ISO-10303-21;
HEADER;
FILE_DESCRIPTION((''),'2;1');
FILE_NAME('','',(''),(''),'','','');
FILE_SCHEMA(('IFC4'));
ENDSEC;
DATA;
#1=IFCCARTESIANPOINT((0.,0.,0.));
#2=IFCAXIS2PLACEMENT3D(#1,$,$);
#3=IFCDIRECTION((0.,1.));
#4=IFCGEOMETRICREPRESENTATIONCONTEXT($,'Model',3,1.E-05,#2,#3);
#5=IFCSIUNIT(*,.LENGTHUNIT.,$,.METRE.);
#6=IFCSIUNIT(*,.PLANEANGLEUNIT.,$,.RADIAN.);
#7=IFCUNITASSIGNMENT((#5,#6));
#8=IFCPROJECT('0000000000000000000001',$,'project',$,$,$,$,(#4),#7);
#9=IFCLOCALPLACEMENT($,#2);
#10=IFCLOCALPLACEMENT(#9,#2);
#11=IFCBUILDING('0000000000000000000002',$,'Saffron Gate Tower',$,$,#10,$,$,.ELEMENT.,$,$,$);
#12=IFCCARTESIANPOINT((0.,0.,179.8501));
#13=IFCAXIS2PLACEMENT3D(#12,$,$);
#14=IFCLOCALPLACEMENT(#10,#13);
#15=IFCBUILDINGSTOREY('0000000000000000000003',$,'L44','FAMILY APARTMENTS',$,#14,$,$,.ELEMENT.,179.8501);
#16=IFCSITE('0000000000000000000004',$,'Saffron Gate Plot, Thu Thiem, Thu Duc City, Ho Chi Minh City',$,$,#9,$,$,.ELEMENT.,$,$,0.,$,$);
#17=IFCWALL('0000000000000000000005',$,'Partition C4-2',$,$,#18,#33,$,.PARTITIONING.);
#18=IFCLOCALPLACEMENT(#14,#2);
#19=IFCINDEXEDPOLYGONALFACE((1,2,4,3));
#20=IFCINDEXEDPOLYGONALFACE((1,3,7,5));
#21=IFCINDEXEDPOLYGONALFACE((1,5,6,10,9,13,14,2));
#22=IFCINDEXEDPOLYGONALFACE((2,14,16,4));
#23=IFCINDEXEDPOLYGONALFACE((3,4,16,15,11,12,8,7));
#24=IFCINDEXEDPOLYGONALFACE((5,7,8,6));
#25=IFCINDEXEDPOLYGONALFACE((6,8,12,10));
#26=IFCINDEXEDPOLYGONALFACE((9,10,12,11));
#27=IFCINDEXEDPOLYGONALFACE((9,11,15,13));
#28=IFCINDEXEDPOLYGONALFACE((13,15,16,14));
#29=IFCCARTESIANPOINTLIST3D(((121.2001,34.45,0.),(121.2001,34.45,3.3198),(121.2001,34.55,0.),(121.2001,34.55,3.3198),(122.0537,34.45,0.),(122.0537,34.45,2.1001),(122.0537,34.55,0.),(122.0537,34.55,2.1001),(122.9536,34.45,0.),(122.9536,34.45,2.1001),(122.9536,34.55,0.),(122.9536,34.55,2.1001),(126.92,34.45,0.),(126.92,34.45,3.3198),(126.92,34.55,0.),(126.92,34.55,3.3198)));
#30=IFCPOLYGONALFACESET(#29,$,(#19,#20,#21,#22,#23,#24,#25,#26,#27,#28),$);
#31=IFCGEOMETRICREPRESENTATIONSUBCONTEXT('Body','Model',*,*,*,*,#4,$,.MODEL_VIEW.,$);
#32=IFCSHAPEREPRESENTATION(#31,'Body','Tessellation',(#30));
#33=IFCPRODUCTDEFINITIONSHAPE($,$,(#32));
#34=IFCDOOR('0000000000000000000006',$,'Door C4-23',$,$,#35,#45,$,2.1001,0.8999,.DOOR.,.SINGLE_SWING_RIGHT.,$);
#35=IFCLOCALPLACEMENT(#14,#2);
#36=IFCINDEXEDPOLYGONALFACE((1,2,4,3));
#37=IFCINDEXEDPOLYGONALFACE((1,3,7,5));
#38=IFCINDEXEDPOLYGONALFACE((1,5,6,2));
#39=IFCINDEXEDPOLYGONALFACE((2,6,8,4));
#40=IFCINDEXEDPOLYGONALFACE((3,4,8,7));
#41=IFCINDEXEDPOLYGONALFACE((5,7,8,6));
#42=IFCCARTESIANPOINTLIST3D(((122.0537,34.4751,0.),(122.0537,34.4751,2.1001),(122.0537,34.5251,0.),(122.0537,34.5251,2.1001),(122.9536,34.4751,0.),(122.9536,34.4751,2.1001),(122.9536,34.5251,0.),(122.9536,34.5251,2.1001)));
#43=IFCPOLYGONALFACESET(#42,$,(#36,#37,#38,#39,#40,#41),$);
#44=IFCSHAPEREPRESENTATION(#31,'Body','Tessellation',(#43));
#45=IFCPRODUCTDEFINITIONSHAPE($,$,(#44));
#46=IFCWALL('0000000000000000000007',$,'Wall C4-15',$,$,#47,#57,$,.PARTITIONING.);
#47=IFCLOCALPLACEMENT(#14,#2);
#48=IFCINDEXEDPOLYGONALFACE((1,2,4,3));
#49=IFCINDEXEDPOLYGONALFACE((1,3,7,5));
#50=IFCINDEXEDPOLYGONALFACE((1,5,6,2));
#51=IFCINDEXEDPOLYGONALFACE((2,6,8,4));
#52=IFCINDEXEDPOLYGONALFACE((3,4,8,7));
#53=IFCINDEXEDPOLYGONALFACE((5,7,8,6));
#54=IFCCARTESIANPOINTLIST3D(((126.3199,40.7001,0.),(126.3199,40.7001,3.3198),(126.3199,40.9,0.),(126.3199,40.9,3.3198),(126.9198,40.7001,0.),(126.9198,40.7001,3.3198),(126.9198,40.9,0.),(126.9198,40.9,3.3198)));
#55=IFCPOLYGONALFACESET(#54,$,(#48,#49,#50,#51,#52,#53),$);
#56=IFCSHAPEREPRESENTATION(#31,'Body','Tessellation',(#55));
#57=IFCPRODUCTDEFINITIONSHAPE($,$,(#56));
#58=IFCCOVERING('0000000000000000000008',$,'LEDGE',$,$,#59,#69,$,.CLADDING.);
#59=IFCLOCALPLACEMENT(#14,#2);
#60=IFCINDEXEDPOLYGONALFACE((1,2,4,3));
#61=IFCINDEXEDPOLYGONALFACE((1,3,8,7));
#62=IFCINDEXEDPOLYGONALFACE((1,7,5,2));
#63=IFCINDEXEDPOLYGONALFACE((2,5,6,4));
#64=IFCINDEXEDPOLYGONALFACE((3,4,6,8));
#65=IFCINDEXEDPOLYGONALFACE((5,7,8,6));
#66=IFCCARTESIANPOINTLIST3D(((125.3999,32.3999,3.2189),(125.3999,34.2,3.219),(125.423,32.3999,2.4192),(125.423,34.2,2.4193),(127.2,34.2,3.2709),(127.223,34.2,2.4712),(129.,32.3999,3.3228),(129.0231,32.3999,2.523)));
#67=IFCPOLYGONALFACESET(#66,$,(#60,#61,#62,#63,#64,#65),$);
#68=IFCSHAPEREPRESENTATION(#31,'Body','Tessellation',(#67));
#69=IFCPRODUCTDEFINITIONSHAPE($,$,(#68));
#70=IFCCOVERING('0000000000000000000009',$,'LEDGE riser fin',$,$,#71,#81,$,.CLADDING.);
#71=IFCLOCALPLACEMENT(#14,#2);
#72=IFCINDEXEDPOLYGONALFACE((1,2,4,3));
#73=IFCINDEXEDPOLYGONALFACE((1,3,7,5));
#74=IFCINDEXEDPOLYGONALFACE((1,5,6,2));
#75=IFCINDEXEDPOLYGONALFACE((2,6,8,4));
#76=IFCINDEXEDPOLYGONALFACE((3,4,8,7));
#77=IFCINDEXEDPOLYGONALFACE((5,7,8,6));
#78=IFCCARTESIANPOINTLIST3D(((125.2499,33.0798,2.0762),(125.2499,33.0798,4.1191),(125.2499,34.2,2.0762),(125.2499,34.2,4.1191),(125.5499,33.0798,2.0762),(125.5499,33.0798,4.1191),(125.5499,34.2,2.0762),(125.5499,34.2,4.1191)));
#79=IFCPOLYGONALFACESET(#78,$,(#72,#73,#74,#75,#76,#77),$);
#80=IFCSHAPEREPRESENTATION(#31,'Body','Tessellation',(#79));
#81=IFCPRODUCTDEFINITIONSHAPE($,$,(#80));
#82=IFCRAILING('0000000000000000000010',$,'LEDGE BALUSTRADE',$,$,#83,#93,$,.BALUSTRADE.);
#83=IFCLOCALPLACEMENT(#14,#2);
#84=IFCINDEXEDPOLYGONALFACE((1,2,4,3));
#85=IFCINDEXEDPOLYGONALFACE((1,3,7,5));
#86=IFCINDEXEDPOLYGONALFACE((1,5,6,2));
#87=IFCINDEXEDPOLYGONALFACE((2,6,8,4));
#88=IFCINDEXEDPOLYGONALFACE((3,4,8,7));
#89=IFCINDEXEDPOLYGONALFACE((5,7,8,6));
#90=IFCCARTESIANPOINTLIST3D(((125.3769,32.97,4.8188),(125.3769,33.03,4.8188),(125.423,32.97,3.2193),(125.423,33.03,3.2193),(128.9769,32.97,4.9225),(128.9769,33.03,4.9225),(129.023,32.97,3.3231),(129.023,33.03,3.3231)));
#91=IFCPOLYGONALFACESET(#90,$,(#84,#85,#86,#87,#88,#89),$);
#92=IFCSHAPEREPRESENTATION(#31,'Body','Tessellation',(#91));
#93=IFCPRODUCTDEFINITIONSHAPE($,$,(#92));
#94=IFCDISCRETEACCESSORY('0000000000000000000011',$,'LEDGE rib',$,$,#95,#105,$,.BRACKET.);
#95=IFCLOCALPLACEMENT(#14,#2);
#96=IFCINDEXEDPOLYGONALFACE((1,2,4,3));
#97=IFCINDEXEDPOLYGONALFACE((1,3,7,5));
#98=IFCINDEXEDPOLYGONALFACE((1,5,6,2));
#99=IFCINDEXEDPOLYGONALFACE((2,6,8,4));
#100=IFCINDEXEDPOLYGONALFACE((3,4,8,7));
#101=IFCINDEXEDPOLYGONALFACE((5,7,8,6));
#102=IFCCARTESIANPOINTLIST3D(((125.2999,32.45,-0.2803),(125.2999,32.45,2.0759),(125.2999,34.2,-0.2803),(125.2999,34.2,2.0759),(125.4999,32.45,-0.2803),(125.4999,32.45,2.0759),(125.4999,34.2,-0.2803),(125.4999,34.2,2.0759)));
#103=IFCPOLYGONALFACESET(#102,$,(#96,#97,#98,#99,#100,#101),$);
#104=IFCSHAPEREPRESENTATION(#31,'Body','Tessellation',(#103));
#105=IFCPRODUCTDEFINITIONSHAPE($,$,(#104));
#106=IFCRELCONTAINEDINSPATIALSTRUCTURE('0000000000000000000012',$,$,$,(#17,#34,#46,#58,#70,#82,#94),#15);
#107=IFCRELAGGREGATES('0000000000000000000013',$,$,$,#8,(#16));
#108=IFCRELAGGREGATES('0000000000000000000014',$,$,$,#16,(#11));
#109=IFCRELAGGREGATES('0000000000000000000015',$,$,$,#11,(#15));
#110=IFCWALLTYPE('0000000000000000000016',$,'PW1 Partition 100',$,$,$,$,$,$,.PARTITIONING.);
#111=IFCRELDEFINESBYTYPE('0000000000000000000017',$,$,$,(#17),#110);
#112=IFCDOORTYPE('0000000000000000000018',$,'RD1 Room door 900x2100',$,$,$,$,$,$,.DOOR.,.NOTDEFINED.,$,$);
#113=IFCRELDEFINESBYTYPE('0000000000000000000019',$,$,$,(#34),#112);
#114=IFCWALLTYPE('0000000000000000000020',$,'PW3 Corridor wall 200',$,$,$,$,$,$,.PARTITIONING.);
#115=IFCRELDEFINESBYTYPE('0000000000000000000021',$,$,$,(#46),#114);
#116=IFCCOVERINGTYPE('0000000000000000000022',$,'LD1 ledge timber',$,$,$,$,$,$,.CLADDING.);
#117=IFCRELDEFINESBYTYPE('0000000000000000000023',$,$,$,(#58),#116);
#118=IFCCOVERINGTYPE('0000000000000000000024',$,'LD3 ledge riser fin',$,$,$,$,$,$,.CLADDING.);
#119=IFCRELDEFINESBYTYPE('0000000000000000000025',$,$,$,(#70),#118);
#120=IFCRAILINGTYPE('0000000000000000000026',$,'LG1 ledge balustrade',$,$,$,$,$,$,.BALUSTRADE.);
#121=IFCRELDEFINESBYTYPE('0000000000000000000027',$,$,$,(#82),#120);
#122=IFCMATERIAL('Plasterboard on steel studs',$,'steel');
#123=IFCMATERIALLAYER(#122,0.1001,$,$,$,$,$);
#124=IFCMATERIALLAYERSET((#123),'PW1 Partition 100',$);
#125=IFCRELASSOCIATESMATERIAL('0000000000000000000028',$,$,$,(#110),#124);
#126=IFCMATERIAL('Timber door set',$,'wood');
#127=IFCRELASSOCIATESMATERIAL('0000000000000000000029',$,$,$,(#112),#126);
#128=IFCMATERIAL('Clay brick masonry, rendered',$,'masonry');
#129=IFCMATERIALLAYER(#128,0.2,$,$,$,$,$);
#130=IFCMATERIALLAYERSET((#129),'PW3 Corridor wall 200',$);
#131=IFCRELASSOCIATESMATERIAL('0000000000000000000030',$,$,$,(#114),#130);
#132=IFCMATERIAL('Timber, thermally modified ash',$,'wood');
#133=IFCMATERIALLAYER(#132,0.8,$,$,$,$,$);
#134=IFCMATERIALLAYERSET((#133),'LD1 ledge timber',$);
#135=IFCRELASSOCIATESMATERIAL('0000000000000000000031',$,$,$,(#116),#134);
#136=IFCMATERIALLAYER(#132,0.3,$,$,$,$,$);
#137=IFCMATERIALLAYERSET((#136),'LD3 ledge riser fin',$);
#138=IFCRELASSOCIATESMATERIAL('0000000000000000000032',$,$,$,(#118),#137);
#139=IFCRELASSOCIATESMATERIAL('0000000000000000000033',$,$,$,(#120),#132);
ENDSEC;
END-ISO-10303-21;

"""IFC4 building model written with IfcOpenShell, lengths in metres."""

from ifc_helpers import new_model, si_unit, direction, frame, frame_2d, origin, origin_2d, place, context, subcontext, project, spatial, polyline, rectangle, outline, extrude, material, layer, layer_set, type_object, element, fill, save


model = new_model("IFC4")

# Units and contexts
model_context = context("Model", 3, precision=1e-05, world=origin(), true_north=direction((0.0, 1.0)))
body_context = subcontext(model_context, "Body", "Model", "MODEL_VIEW")
ifc_project = project(units=[si_unit("LENGTHUNIT", "METRE"), si_unit("PLANEANGLEUNIT", "RADIAN")], contexts=[model_context])

# Site, building, storey
site_placement = place(None, origin())
site = spatial("IfcSite", under=ifc_project, at=site_placement, Name="Saffron Gate Plot, Thu Thiem, Thu Duc City, Ho Chi Minh City", CompositionType="ELEMENT", RefElevation=0.0)
building_placement = place(site_placement, origin())
building = spatial("IfcBuilding", under=site, at=building_placement, Name="Saffron Gate Tower", CompositionType="ELEMENT")
storey_placement = place(building_placement, frame((0.0, 0.0, 179.8501)))
storey = spatial("IfcBuildingStorey", under=building, at=storey_placement, Name="L44", Description="FAMILY APARTMENTS", CompositionType="ELEMENT", Elevation=179.8501)

# Wall, opening, door
ifc_material_1 = material(Name="Plasterboard on steel studs", Category="steel")
ifc_layer_1 = layer(ifc_material_1, 0.1001)
ifc_layer_set_1 = layer_set([ifc_layer_1], Name="PW1 Partition 100")
wall_type_1 = type_object("IfcWallType", Name="PW1 Partition 100", PredefinedType="PARTITIONING", material=ifc_layer_set_1)
wall_1_placement = place(storey_placement, frame((126.9199, 34.5, 0.0), z_axis=(0.0, 0.0, 1.0), x_axis=(-1.0, 0.0, 0.0)))
wall_1 = element("IfcWall", 1, at=wall_1_placement, inside=storey, type_object=wall_type_1, Name="Partition C4-2", PredefinedType="PARTITIONING", context=body_context, shape_type="SweptSolid", body=[
    extrude(rectangle(XDim=5.72, YDim=0.1001, at=frame_2d((2.8599, 0.0))), origin(), (0.0, 0.0, 1.0), 3.3198),
])
opening_1_placement = place(wall_1_placement, frame((3.9663, 0.0, 0.0)))
opening_1 = element("IfcOpeningElement", 2, at=opening_1_placement, cuts=wall_1, PredefinedType="OPENING", context=body_context, shape_type="SweptSolid", body=[
    extrude(rectangle(XDim=0.8999, YDim=2.1001, at=frame_2d((0.45, 1.05))), frame((0.0, 0.0601, 0.0), z_axis=(0.0, -1.0, 0.0), x_axis=(1.0, 0.0, 0.0)), (0.0, 0.0, 1.0), 0.1201),
])
ifc_material_2 = material(Name="Timber door set", Category="wood")
door_type = type_object("IfcDoorType", Name="RD1 Room door 900x2100", OperationType="NOTDEFINED", PredefinedType="DOOR", material=ifc_material_2)
door_placement = place(opening_1_placement, origin())
door = element("IfcDoor", 3, at=door_placement, inside=storey, type_object=door_type, Name="Door C4-23", OperationType="SINGLE_SWING_RIGHT", OverallHeight=2.1001, OverallWidth=0.8999, PredefinedType="DOOR", context=body_context, shape_type="SweptSolid", body=[
    extrude(rectangle(XDim=0.8999, YDim=2.1001, at=frame_2d((0.45, 1.05))), frame((0.0, 0.0249, 0.0), z_axis=(0.0, -1.0, 0.0), x_axis=(1.0, 0.0, 0.0)), (0.0, 0.0, 1.0), 0.05),
])
fill(opening_1, door)

# Wall
ifc_material_3 = material(Name="Clay brick masonry, rendered", Category="masonry")
ifc_layer_2 = layer(ifc_material_3, 0.2)
ifc_layer_set_2 = layer_set([ifc_layer_2], Name="PW3 Corridor wall 200")
wall_type_2 = type_object("IfcWallType", Name="PW3 Corridor wall 200", PredefinedType="PARTITIONING", material=ifc_layer_set_2)
wall_2_placement = place(storey_placement, frame((126.3201, 40.8, 0.0), z_axis=(0.0, 0.0, 1.0), x_axis=(1.0, 0.0, 0.0)))
element("IfcWall", 4, at=wall_2_placement, inside=storey, type_object=wall_type_2, Name="Wall C4-15", PredefinedType="PARTITIONING", context=body_context, shape_type="SweptSolid", body=[
    extrude(rectangle(XDim=0.5999, YDim=0.2, at=frame_2d((0.2998, 0.0))), origin(), (0.0, 0.0, 1.0), 3.3198),
])

# Coverings
ifc_material_4 = material(Name="Timber, thermally modified ash", Category="wood")
ifc_layer_3 = layer(ifc_material_4, 0.8)
ifc_layer_set_3 = layer_set([ifc_layer_3], Name="LD1 ledge timber")
covering_type_1 = type_object("IfcCoveringType", Name="LD1 ledge timber", PredefinedType="CLADDING", material=ifc_layer_set_3)
covering_1_placement = place(storey_placement, frame((125.3999, 34.2, 3.219), z_axis=(-0.028832, -0.000045, 0.999584), x_axis=(0.999584, 0.0, 0.028832)))
element("IfcCovering", 5, at=covering_1_placement, inside=storey, type_object=covering_type_1, Name="LEDGE", PredefinedType="CLADDING", context=body_context, shape_type="SweptSolid", body=[
    extrude(outline(polyline([(0.0, 0.0), (1.8008, 0.0), (3.6016, -1.8), (0.0, -1.8), (0.0, 0.0)])), origin(), (0.0, 0.0, -1.0), 0.8),
])
ifc_layer_4 = layer(ifc_material_4, 0.3)
ifc_layer_set_4 = layer_set([ifc_layer_4], Name="LD3 ledge riser fin")
covering_type_2 = type_object("IfcCoveringType", Name="LD3 ledge riser fin", PredefinedType="CLADDING", material=ifc_layer_set_4)
covering_2_placement = place(storey_placement, frame((125.3999, 33.6399, 2.0762), z_axis=(0.0, 0.0, 1.0), x_axis=(1.0, 0.0, 0.0)))
element("IfcCovering", 6, at=covering_2_placement, inside=storey, type_object=covering_type_2, Name="LEDGE riser fin", PredefinedType="CLADDING", context=body_context, shape_type="SweptSolid", body=[
    extrude(rectangle(XDim=0.3, YDim=1.1201, at=origin_2d()), origin(), (0.0, 0.0, 1.0), 2.043),
])

# Railing
railing_type = type_object("IfcRailingType", Name="LG1 ledge balustrade", PredefinedType="BALUSTRADE", material=ifc_material_4)
railing_placement = place(storey_placement, frame((125.3999, 33.0, 3.219)))
element("IfcRailing", 7, at=railing_placement, inside=storey, type_object=railing_type, Name="LEDGE BALUSTRADE", PredefinedType="BALUSTRADE", context=body_context, shape_type="SweptSolid", body=[
    extrude(rectangle(XDim=0.0601, YDim=1.6001, at=origin_2d()), frame((0.0, 0.0, 0.8), z_axis=(0.999585, 0.0, 0.028809), x_axis=(0.0, 1.0, 0.0)), (0.0, 0.0, 1.0), 3.6016),
])

# Discrete accessory
discrete_accessory_placement = place(storey_placement, frame((125.3999, 33.325, -0.2803), z_axis=(0.0, 0.0, 1.0), x_axis=(1.0, 0.0, 0.0)))
element("IfcDiscreteAccessory", 8, at=discrete_accessory_placement, inside=storey, Name="LEDGE rib", PredefinedType="BRACKET", context=body_context, shape_type="SweptSolid", body=[
    extrude(rectangle(XDim=0.2, YDim=1.75, at=origin_2d()), origin(), (0.0, 0.0, 1.0), 2.3562),
])

save(model, "model.ifc")
